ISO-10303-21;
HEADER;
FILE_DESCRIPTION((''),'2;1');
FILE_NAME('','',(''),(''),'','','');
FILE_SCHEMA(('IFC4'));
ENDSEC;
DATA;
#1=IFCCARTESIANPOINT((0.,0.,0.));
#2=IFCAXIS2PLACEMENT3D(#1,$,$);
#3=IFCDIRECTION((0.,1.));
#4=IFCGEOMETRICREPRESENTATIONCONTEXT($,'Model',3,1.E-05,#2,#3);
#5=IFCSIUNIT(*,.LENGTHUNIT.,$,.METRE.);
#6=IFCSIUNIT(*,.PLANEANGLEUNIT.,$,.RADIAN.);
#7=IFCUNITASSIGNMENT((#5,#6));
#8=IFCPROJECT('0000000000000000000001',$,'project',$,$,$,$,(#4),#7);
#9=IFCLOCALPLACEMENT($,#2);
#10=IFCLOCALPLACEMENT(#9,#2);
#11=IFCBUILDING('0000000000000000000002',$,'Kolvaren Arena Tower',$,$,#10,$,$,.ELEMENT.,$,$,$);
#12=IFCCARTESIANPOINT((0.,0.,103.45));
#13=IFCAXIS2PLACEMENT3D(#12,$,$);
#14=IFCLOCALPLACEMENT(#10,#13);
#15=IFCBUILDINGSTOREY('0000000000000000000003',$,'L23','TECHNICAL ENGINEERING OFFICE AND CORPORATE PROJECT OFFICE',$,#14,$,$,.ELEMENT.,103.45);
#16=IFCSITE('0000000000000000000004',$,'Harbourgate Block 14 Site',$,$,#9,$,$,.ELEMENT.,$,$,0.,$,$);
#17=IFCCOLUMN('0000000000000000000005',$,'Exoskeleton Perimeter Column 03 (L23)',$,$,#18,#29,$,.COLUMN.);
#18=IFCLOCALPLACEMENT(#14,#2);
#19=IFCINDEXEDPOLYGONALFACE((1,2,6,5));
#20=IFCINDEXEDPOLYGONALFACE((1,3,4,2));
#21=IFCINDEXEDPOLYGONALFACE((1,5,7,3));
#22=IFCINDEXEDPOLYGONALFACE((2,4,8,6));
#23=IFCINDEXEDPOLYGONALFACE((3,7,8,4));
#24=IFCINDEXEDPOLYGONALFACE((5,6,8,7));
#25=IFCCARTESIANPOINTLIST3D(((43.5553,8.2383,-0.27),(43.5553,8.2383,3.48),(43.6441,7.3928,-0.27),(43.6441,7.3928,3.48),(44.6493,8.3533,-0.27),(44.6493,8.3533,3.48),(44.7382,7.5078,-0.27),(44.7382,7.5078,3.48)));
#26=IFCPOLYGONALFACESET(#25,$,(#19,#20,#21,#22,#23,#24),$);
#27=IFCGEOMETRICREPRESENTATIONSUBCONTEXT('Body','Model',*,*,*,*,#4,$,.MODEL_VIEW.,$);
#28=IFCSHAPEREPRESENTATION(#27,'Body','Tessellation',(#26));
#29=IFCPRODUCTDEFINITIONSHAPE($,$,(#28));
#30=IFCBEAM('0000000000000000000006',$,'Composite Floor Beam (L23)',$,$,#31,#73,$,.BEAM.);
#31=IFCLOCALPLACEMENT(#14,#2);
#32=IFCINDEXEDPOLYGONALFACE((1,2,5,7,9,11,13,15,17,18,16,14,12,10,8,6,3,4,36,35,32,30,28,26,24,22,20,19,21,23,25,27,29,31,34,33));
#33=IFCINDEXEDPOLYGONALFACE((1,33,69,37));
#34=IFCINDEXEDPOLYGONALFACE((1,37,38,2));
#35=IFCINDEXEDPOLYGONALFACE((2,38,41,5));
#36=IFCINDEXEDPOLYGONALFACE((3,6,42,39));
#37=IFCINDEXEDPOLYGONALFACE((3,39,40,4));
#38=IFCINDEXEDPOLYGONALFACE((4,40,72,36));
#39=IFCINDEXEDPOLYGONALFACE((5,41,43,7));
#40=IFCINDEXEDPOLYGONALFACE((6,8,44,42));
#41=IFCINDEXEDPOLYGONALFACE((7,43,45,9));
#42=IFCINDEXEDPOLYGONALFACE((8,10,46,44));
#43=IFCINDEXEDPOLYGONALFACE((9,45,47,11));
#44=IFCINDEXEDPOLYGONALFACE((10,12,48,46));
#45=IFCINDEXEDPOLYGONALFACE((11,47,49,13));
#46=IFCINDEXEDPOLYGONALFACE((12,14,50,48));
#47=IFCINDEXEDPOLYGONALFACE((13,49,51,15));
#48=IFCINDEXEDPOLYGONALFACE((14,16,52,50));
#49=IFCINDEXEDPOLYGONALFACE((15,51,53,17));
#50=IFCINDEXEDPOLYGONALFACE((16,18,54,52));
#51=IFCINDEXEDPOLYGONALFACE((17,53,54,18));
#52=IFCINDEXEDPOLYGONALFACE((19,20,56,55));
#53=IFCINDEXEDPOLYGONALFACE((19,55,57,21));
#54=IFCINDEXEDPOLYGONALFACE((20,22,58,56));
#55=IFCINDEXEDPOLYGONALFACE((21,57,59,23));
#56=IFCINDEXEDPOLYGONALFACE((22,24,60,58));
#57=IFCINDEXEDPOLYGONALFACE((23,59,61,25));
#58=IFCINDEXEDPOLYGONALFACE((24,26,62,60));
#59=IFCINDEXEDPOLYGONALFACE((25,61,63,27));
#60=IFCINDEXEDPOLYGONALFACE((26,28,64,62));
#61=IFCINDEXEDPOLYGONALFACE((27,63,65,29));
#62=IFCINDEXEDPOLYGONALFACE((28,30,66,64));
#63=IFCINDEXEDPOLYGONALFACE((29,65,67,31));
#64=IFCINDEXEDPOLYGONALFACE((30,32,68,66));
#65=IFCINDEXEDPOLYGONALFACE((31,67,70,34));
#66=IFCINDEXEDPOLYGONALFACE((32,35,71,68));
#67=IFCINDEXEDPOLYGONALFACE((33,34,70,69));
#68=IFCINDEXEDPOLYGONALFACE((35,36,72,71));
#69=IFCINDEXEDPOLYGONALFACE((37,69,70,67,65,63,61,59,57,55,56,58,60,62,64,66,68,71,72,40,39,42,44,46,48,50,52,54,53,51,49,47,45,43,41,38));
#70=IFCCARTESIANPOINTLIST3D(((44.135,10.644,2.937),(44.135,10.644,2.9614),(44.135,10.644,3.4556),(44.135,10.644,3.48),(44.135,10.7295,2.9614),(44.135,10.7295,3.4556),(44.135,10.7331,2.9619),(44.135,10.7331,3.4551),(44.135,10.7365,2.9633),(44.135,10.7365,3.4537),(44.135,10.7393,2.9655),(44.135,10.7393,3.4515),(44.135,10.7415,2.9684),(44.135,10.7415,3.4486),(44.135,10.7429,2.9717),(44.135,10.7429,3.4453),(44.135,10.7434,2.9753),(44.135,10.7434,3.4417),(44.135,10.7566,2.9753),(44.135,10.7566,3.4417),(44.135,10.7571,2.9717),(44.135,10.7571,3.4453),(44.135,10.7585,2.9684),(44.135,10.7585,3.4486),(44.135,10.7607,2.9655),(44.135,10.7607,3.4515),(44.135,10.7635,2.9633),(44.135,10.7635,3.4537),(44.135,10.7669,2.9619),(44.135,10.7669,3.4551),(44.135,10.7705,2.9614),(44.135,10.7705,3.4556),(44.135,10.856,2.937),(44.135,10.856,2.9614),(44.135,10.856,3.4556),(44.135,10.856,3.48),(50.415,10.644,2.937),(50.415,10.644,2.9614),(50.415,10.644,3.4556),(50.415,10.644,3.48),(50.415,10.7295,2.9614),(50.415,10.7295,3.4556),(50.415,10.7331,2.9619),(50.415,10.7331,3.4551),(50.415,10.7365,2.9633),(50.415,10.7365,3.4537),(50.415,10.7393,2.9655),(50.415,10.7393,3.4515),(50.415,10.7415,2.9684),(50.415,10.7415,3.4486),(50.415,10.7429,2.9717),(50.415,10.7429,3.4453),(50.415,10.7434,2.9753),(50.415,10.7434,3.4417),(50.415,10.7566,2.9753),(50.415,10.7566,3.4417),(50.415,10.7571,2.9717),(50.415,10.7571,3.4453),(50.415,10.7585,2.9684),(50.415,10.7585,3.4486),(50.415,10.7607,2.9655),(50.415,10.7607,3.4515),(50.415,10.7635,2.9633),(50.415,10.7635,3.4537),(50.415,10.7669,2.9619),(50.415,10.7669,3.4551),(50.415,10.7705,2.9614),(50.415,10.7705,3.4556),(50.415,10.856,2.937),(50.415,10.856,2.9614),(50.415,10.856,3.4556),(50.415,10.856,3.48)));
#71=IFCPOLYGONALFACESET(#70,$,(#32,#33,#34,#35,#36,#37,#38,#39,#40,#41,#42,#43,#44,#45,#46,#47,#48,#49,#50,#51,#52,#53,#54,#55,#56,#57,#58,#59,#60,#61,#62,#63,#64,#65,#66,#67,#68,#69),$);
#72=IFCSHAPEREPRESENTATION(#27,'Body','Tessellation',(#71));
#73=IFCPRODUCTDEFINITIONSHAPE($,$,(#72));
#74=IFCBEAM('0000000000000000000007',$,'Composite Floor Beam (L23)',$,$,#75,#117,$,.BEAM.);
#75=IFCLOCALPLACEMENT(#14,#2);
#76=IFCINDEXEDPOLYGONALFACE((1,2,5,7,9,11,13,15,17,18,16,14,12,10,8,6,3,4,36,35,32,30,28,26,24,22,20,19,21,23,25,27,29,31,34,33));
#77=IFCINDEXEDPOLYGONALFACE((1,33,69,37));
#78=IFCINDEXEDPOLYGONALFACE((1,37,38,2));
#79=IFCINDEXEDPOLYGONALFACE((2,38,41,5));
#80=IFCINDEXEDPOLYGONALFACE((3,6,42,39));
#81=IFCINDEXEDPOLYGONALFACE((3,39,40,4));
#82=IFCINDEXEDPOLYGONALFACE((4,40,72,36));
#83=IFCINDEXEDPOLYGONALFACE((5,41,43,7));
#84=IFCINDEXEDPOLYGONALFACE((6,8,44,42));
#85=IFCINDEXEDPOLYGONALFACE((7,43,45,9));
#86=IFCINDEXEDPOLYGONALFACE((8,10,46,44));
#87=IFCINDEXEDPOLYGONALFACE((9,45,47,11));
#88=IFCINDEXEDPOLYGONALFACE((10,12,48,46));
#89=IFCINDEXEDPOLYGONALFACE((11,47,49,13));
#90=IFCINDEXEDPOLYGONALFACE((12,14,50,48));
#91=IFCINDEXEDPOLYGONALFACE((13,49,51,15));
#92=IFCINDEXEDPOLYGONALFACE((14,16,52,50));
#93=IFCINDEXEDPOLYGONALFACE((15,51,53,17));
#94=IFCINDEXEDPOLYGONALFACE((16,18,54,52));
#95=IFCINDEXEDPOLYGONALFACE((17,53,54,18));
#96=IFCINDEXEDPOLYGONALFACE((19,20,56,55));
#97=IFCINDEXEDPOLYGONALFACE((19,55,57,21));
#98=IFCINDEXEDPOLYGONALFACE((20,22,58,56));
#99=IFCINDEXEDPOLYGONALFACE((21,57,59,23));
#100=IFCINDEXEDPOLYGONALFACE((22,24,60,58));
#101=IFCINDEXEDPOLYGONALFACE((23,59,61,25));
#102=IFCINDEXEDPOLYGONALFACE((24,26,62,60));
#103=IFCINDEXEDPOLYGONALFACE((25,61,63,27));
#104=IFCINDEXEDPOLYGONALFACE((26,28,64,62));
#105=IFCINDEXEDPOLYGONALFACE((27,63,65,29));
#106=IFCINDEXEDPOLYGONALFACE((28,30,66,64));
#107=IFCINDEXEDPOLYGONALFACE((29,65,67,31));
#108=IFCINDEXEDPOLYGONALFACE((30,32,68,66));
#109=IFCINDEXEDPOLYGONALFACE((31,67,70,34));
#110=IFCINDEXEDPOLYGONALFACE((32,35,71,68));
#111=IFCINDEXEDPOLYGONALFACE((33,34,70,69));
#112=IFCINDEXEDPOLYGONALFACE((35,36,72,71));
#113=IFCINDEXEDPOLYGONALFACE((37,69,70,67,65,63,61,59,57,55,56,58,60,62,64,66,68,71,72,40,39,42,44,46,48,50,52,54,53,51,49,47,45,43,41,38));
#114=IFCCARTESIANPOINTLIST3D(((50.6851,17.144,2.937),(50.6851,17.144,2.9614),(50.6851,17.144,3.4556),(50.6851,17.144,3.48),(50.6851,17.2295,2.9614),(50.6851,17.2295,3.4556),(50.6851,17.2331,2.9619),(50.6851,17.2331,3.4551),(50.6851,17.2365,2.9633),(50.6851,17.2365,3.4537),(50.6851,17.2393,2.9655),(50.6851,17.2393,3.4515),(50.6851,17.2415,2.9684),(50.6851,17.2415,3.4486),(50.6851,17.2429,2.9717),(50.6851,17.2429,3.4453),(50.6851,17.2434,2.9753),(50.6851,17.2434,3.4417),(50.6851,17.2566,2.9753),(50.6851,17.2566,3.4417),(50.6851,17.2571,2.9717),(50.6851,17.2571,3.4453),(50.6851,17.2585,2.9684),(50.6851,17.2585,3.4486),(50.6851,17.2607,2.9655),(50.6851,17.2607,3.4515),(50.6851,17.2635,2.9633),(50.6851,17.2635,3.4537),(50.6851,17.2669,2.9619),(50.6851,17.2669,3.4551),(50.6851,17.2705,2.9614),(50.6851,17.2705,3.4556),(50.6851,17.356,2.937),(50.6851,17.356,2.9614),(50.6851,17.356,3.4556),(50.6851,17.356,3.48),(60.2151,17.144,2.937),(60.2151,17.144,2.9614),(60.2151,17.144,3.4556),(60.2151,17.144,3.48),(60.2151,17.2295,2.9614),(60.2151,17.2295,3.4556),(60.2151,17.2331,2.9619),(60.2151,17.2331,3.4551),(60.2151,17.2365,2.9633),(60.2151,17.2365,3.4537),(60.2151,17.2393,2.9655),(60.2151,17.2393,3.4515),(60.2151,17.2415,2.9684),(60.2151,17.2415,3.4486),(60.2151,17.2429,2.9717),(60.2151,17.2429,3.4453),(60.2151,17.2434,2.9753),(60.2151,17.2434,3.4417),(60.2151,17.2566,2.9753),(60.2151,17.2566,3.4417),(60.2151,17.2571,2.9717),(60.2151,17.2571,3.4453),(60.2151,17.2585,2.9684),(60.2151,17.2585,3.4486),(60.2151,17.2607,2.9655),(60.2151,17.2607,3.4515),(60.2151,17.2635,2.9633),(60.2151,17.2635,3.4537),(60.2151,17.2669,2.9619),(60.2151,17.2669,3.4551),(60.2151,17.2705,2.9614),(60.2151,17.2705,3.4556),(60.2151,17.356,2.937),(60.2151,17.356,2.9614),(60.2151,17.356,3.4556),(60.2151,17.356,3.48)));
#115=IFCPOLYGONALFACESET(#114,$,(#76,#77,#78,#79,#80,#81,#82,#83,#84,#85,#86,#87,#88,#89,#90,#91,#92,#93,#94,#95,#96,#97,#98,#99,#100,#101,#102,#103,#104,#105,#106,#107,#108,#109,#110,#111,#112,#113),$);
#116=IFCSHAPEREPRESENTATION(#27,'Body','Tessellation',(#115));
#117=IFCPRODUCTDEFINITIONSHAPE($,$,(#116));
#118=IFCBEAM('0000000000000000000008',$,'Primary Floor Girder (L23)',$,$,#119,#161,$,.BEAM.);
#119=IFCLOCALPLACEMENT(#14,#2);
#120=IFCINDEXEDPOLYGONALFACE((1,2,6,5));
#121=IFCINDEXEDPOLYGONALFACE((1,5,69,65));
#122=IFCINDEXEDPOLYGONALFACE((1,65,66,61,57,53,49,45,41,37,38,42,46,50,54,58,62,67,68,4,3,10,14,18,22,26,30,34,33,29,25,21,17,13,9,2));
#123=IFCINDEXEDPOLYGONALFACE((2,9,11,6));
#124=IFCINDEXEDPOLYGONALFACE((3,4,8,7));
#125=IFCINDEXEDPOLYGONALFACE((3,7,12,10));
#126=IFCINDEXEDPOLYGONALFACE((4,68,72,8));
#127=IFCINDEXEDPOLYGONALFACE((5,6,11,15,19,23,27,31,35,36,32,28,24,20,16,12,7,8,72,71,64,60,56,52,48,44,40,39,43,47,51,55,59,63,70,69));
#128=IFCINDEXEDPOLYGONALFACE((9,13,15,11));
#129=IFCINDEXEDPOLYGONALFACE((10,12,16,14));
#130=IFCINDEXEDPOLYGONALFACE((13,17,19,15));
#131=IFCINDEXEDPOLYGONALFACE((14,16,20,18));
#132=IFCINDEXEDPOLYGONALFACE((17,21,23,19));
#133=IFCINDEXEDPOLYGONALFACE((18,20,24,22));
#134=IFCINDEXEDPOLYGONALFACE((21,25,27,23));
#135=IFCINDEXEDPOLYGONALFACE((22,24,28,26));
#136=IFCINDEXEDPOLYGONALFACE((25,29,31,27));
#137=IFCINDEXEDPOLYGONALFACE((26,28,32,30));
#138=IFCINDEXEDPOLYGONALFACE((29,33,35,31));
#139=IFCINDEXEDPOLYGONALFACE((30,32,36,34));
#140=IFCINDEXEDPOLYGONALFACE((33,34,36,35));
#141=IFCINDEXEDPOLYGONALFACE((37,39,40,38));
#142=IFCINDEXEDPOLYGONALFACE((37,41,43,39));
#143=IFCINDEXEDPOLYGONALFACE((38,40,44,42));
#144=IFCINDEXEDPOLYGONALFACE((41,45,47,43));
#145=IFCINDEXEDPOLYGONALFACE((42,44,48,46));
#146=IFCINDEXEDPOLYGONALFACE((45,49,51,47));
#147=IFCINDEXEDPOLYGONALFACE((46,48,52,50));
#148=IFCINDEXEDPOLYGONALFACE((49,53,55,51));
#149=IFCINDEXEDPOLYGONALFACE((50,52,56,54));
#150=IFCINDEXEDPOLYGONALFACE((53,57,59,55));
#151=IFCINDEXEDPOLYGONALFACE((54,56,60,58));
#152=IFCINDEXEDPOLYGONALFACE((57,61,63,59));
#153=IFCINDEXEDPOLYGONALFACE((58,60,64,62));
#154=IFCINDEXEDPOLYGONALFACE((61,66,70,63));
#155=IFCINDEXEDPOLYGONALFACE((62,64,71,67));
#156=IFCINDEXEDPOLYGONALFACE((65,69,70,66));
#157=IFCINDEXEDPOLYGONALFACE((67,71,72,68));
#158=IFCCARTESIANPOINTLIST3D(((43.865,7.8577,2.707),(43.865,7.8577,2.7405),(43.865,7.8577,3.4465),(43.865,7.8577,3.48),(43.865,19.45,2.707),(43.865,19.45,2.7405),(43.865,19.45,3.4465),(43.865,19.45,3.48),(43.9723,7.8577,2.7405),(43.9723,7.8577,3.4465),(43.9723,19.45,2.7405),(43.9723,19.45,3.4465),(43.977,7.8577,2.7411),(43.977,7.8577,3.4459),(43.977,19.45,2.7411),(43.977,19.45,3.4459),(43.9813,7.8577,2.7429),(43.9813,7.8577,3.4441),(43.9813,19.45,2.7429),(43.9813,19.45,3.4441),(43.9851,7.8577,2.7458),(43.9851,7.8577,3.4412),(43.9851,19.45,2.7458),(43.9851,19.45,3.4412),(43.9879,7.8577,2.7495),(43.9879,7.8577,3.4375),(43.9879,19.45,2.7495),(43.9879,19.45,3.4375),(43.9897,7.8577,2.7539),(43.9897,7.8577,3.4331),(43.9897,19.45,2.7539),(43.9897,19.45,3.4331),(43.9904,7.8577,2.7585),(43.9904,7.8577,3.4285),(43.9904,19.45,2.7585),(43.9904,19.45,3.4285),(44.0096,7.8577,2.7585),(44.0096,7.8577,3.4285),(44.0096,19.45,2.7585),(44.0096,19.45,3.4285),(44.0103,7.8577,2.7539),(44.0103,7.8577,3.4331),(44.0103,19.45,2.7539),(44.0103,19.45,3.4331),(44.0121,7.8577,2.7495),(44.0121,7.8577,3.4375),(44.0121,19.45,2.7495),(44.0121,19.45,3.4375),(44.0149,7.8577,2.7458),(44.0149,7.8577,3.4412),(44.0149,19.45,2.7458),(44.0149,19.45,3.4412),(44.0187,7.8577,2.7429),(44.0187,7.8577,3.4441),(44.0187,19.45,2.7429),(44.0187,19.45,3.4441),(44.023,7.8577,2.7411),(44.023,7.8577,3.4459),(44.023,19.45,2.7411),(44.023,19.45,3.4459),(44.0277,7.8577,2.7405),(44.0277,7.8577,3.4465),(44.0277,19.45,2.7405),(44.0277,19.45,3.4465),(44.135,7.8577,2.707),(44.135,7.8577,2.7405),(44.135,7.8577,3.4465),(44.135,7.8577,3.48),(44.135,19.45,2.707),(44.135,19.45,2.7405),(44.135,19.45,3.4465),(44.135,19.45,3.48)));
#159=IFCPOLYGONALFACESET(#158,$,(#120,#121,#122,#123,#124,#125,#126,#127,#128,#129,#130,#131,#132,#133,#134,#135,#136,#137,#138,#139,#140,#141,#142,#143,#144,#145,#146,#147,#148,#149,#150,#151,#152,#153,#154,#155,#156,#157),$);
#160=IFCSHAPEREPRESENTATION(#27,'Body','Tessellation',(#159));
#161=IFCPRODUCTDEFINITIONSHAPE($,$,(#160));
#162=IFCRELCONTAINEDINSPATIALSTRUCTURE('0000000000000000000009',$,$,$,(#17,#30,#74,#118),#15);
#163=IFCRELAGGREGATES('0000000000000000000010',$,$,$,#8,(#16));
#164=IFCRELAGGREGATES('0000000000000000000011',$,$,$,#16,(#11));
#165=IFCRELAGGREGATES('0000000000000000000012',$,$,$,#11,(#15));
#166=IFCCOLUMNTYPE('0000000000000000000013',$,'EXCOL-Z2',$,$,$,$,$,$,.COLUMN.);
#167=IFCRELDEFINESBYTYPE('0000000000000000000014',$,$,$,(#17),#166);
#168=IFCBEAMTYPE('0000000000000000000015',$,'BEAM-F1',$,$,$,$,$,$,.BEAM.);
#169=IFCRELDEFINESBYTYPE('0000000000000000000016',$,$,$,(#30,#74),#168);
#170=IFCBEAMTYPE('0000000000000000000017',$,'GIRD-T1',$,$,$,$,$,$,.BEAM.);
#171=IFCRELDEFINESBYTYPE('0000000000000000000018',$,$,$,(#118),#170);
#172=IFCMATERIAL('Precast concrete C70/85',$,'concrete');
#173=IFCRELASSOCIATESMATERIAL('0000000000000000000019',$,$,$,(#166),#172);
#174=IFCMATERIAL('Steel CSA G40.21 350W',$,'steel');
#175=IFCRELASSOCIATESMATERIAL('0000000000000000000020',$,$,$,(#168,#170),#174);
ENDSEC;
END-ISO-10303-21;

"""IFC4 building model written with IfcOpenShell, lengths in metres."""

from ifc_helpers import new_model, si_unit, direction, frame, origin, origin_2d, place, context, subcontext, project, spatial, rectangle, i_section, extrude, material, material_profile, profile_set, type_object, element, save


model = new_model("IFC4")

# Units and contexts
model_context = context("Model", 3, precision=1e-05, world=origin(), true_north=direction((0.0, 1.0)))
body_context = subcontext(model_context, "Body", "Model", "MODEL_VIEW")
ifc_project = project(units=[si_unit("LENGTHUNIT", "METRE"), si_unit("PLANEANGLEUNIT", "RADIAN")], contexts=[model_context])

# Site, building, storey
site_placement = place(None, origin())
site = spatial("IfcSite", under=ifc_project, at=site_placement, Name="Harbourgate Block 14 Site", CompositionType="ELEMENT", RefElevation=0.0)
building_placement = place(site_placement, origin())
building = spatial("IfcBuilding", under=site, at=building_placement, Name="Kolvaren Arena Tower", CompositionType="ELEMENT")
storey_placement = place(building_placement, frame((0.0, 0.0, 103.45)))
storey = spatial("IfcBuildingStorey", under=building, at=storey_placement, Name="L23", Description="TECHNICAL ENGINEERING OFFICE AND CORPORATE PROJECT OFFICE", CompositionType="ELEMENT", Elevation=103.45)

# Column
ifc_material_1 = material(Name="Precast concrete C70/85", Category="concrete")
ifc_material_profile_1 = material_profile(ifc_material_1, rectangle(XDim=1.1001, YDim=0.8501, at=origin_2d()), Name="RC-1100x850")
ifc_profile_set_1 = profile_set([ifc_material_profile_1], Name="Precast concrete C70/85")
column_type = type_object("IfcColumnType", Name="EXCOL-Z2", PredefinedType="COLUMN", material=ifc_profile_set_1)
column_placement = place(storey_placement, frame((44.1467, 7.873, -0.27), z_axis=(0.0, 0.0, 1.0), x_axis=(0.994522, 0.104528, 0.0)))
element("IfcColumn", 1, at=column_placement, inside=storey, type_object=column_type, Name="Exoskeleton Perimeter Column 03 (L23)", PredefinedType="COLUMN", context=body_context, shape_type="SweptSolid", body=[
    extrude(rectangle(XDim=1.1001, YDim=0.8501, at=origin_2d()), origin(), (0.0, 0.0, 1.0), 3.75),
])

# Beams
ifc_material_2 = material(Name="Steel CSA G40.21 350W", Category="steel")
ifc_material_profile_2 = material_profile(ifc_material_2, i_section(OverallWidth=0.2119, OverallDepth=0.543, WebThickness=0.0132, FlangeThickness=0.0244, FilletRadius=0.0139, at=origin_2d()), Name="W530x150")
ifc_profile_set_2 = profile_set([ifc_material_profile_2], Name="Steel CSA G40.21 350W")
beam_type_1 = type_object("IfcBeamType", Name="BEAM-F1", PredefinedType="BEAM", material=ifc_profile_set_2)
beam_1_placement = place(storey_placement, frame((44.135, 10.75, 3.2085), z_axis=(1.0, 0.0, 0.0), x_axis=(0.0, 1.0, 0.0)))
element("IfcBeam", 2, at=beam_1_placement, inside=storey, type_object=beam_type_1, Name="Composite Floor Beam (L23)", PredefinedType="BEAM", context=body_context, shape_type="SweptSolid", body=[
    extrude(i_section(OverallWidth=0.2119, OverallDepth=0.543, WebThickness=0.0132, FlangeThickness=0.0244, FilletRadius=0.0139, at=origin_2d()), origin(), (0.0, 0.0, 1.0), 6.28),
])
beam_2_placement = place(storey_placement, frame((50.6851, 17.25, 3.2085), z_axis=(1.0, 0.0, 0.0), x_axis=(0.0, 1.0, 0.0)))
element("IfcBeam", 3, at=beam_2_placement, inside=storey, type_object=beam_type_1, Name="Composite Floor Beam (L23)", PredefinedType="BEAM", context=body_context, shape_type="SweptSolid", body=[
    extrude(i_section(OverallWidth=0.2119, OverallDepth=0.543, WebThickness=0.0132, FlangeThickness=0.0244, FilletRadius=0.0139, at=origin_2d()), origin(), (0.0, 0.0, 1.0), 9.53),
])
ifc_material_profile_3 = material_profile(ifc_material_2, i_section(OverallWidth=0.27, OverallDepth=0.7729, WebThickness=0.0193, FlangeThickness=0.0334, FilletRadius=0.0181, at=origin_2d()), Name="W760x257")
ifc_profile_set_3 = profile_set([ifc_material_profile_3], Name="Steel CSA G40.21 350W")
beam_type_2 = type_object("IfcBeamType", Name="GIRD-T1", PredefinedType="BEAM", material=ifc_profile_set_3)
beam_3_placement = place(storey_placement, frame((44.0, 7.8577, 3.0935), z_axis=(0.0, 1.0, 0.0), x_axis=(-1.0, 0.0, 0.0)))
element("IfcBeam", 4, at=beam_3_placement, inside=storey, type_object=beam_type_2, Name="Primary Floor Girder (L23)", PredefinedType="BEAM", context=body_context, shape_type="SweptSolid", body=[
    extrude(i_section(OverallWidth=0.27, OverallDepth=0.7729, WebThickness=0.0193, FlangeThickness=0.0334, FilletRadius=0.0181, at=origin_2d()), origin(), (0.0, 0.0, 1.0), 11.5923),
])

save(model, "model.ifc")
